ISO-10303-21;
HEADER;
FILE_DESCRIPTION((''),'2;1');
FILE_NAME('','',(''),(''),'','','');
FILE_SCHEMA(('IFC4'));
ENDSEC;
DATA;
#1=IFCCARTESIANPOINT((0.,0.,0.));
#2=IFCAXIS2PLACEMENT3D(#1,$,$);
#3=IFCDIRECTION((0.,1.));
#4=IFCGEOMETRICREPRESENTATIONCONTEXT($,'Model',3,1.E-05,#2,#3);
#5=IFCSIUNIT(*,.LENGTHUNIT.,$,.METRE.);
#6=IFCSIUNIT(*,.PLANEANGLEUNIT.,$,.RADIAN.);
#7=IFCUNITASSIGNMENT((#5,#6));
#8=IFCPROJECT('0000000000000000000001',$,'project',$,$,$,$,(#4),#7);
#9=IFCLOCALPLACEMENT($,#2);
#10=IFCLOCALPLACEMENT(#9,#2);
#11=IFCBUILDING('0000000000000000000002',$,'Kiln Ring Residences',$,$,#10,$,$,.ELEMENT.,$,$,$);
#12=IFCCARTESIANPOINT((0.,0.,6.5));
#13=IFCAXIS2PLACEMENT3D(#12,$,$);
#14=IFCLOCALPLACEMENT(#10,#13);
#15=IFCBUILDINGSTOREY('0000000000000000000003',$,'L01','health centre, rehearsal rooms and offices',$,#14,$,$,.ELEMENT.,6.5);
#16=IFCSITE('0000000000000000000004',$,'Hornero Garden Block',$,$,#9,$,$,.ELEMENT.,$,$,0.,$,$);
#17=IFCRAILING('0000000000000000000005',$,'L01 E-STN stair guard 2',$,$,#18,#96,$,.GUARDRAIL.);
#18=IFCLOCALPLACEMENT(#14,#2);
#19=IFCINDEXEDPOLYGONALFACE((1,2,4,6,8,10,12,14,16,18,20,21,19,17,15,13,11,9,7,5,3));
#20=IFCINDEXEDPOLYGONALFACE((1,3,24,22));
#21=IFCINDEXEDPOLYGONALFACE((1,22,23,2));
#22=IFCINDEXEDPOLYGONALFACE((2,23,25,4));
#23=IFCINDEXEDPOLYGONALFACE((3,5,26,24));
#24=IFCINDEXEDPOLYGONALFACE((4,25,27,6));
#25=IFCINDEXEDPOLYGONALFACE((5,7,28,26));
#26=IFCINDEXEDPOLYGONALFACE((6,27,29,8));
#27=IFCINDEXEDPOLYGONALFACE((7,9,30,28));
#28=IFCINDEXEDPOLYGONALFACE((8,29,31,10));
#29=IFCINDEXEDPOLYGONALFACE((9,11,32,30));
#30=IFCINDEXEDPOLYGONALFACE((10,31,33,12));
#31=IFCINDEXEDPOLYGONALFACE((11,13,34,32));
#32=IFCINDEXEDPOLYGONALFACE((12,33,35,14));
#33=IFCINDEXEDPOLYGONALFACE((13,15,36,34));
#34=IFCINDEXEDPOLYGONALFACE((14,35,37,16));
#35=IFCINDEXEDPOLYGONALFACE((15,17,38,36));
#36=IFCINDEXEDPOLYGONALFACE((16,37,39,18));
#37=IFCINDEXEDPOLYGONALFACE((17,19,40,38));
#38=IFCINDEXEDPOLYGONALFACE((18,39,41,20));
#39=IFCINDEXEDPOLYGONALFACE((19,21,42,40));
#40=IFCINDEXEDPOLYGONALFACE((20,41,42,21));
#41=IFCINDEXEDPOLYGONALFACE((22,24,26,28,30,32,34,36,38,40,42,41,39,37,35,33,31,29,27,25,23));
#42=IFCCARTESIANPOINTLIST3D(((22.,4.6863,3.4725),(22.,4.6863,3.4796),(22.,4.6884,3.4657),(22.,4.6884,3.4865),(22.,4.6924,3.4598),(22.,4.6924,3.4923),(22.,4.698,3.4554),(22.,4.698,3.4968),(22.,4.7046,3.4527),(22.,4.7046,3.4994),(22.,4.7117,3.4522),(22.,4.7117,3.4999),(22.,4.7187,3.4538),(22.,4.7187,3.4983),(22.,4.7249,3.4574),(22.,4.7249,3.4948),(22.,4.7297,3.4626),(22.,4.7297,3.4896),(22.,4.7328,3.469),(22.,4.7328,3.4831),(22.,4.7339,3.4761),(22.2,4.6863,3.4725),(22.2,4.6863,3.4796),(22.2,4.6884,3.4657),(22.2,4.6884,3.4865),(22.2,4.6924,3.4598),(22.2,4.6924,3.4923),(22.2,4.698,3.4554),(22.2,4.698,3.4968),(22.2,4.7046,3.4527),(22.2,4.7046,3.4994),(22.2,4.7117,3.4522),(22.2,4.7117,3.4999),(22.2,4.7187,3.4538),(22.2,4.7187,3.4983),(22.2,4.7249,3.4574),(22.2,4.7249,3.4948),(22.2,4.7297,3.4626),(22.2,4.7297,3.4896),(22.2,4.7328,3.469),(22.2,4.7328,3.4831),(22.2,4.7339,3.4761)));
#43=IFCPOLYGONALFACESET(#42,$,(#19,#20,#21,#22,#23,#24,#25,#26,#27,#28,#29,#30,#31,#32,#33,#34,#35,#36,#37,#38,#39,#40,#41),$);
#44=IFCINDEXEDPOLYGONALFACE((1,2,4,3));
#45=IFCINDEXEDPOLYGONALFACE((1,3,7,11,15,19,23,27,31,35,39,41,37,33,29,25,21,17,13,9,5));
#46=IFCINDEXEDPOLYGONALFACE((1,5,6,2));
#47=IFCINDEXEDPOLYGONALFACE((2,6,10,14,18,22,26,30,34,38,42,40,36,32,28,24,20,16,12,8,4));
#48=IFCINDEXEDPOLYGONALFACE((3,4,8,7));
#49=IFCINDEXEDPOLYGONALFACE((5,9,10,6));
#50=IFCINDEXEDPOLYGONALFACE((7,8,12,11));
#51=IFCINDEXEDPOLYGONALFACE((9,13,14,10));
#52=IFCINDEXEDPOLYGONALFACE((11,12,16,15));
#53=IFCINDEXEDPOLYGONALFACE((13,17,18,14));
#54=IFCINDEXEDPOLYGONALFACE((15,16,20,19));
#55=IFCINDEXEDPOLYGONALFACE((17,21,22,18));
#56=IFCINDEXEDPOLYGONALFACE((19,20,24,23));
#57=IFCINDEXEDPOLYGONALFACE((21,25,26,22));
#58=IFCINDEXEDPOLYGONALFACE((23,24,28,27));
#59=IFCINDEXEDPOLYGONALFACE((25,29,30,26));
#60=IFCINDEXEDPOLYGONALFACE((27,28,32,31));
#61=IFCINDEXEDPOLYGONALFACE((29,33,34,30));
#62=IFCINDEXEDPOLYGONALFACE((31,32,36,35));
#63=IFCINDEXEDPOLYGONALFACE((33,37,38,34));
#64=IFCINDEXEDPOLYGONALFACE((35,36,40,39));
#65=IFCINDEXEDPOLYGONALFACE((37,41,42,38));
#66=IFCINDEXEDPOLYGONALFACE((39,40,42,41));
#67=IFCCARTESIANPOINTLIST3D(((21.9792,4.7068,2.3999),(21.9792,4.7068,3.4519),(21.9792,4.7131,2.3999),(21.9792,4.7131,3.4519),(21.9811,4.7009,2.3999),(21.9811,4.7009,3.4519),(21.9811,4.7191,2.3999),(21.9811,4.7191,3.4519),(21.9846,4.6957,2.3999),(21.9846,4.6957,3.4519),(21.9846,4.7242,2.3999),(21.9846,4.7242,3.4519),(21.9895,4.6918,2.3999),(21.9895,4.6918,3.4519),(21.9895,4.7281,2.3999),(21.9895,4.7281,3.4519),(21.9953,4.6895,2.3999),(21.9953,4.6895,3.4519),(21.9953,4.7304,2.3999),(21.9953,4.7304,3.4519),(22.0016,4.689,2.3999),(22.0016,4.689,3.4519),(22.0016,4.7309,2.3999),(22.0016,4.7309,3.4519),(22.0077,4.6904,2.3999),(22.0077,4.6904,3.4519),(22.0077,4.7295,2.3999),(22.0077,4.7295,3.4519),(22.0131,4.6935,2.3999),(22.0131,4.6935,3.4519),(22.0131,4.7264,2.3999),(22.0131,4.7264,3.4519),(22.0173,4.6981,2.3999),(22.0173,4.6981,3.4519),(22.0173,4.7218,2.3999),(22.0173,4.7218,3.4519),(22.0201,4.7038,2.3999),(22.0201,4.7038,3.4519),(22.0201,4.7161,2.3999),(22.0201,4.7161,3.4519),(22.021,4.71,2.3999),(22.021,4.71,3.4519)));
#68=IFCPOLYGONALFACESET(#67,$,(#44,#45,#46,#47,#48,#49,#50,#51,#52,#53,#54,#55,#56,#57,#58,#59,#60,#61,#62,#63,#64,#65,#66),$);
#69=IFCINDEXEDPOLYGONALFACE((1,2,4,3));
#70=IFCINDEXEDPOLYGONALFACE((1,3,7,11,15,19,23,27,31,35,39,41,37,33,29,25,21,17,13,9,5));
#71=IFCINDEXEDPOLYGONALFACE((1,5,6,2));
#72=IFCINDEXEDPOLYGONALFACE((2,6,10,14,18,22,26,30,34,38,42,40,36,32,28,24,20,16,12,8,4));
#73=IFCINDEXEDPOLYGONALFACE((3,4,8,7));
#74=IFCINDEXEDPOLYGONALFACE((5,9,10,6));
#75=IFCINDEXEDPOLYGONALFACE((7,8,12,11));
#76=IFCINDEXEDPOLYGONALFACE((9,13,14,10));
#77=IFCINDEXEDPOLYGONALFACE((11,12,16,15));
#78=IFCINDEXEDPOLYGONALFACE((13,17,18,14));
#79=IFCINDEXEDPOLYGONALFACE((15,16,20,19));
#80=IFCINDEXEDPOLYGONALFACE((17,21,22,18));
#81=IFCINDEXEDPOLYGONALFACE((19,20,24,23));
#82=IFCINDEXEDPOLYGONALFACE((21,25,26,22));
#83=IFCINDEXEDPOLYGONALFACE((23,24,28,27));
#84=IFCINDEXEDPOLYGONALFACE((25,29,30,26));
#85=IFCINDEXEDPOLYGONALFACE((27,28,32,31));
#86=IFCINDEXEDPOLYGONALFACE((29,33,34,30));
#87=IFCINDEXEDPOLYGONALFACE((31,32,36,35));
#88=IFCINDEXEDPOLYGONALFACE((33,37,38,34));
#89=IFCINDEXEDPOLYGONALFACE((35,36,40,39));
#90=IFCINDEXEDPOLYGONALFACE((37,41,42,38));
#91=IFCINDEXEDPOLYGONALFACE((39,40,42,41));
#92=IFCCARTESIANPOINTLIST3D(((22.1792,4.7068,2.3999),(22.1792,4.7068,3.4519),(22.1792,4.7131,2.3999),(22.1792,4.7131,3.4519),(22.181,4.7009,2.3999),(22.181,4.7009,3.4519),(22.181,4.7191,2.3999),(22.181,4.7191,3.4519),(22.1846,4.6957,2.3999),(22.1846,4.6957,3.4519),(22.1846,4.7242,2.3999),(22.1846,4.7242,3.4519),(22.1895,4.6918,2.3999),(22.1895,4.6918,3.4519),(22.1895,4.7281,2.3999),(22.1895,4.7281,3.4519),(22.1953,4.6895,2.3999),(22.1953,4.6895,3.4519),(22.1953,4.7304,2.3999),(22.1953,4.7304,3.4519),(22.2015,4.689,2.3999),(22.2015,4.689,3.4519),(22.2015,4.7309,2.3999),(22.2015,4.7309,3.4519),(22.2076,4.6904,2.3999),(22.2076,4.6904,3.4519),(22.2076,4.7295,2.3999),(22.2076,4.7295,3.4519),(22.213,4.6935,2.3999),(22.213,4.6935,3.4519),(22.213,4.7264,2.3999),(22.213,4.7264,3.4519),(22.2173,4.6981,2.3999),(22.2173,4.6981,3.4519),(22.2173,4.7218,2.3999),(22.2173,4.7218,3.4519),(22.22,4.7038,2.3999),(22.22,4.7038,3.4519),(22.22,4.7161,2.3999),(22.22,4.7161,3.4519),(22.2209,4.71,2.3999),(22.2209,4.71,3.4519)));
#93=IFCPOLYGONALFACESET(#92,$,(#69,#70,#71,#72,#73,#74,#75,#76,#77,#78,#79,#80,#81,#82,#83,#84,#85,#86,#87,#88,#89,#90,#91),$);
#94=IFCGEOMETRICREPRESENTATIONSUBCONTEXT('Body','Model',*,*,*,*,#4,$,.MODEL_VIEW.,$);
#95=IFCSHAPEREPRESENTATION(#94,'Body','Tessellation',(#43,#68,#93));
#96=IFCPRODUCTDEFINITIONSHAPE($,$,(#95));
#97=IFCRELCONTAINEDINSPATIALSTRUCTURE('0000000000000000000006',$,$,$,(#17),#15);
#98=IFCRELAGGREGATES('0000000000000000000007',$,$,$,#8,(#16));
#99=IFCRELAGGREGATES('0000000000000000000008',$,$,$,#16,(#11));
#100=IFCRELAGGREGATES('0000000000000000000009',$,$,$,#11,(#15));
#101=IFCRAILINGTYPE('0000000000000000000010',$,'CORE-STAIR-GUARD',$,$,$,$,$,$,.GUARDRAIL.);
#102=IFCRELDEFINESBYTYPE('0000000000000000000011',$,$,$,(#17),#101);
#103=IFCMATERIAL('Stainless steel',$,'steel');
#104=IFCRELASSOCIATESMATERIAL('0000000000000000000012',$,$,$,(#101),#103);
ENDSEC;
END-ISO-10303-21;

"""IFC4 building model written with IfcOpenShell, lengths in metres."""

from ifc_helpers import new_model, si_unit, direction, frame, origin, origin_2d, place, context, subcontext, project, spatial, circle, extrude, material, type_object, element, save


model = new_model("IFC4")

# Units and contexts
model_context = context("Model", 3, precision=1e-05, world=origin(), true_north=direction((0.0, 1.0)))
body_context = subcontext(model_context, "Body", "Model", "MODEL_VIEW")
ifc_project = project(units=[si_unit("LENGTHUNIT", "METRE"), si_unit("PLANEANGLEUNIT", "RADIAN")], contexts=[model_context])

# Site, building, storey
site_placement = place(None, origin())
site = spatial("IfcSite", under=ifc_project, at=site_placement, Name="Hornero Garden Block", CompositionType="ELEMENT", RefElevation=0.0)
building_placement = place(site_placement, origin())
building = spatial("IfcBuilding", under=site, at=building_placement, Name="Kiln Ring Residences", CompositionType="ELEMENT")
storey_placement = place(building_placement, frame((0.0, 0.0, 6.5)))
storey = spatial("IfcBuildingStorey", under=building, at=storey_placement, Name="L01", Description="health centre, rehearsal rooms and offices", CompositionType="ELEMENT", Elevation=6.5)

# Railing
ifc_material_1 = material(Name="Stainless steel", Category="steel")
railing_type_1 = type_object("IfcRailingType", Name="CORE-STAIR-GUARD", PredefinedType="GUARDRAIL", material=ifc_material_1)
railing_1_placement = place(storey_placement, frame((22.0, 4.71, 2.3999)))
element("IfcRailing", 1, at=railing_1_placement, inside=storey, type_object=railing_type_1, Name="L01 E-STN stair guard 2", PredefinedType="GUARDRAIL", context=body_context, shape_type="SweptSolid", body=[
    extrude(circle(Radius=0.0239, at=origin_2d()), frame((0.0, 0.0, 1.0762), z_axis=(1.0, 0.0, 0.0), x_axis=(0.0, 1.0, 0.0)), (0.0, 0.0, 1.0), 0.2),
    extrude(circle(Radius=0.021, at=origin_2d()), origin(), (0.0, 0.0, 1.0), 1.052),
    extrude(circle(Radius=0.021, at=origin_2d()), frame((0.2, 0.0, 0.0)), (0.0, 0.0, 1.0), 1.052),
])

save(model, "model.ifc")
